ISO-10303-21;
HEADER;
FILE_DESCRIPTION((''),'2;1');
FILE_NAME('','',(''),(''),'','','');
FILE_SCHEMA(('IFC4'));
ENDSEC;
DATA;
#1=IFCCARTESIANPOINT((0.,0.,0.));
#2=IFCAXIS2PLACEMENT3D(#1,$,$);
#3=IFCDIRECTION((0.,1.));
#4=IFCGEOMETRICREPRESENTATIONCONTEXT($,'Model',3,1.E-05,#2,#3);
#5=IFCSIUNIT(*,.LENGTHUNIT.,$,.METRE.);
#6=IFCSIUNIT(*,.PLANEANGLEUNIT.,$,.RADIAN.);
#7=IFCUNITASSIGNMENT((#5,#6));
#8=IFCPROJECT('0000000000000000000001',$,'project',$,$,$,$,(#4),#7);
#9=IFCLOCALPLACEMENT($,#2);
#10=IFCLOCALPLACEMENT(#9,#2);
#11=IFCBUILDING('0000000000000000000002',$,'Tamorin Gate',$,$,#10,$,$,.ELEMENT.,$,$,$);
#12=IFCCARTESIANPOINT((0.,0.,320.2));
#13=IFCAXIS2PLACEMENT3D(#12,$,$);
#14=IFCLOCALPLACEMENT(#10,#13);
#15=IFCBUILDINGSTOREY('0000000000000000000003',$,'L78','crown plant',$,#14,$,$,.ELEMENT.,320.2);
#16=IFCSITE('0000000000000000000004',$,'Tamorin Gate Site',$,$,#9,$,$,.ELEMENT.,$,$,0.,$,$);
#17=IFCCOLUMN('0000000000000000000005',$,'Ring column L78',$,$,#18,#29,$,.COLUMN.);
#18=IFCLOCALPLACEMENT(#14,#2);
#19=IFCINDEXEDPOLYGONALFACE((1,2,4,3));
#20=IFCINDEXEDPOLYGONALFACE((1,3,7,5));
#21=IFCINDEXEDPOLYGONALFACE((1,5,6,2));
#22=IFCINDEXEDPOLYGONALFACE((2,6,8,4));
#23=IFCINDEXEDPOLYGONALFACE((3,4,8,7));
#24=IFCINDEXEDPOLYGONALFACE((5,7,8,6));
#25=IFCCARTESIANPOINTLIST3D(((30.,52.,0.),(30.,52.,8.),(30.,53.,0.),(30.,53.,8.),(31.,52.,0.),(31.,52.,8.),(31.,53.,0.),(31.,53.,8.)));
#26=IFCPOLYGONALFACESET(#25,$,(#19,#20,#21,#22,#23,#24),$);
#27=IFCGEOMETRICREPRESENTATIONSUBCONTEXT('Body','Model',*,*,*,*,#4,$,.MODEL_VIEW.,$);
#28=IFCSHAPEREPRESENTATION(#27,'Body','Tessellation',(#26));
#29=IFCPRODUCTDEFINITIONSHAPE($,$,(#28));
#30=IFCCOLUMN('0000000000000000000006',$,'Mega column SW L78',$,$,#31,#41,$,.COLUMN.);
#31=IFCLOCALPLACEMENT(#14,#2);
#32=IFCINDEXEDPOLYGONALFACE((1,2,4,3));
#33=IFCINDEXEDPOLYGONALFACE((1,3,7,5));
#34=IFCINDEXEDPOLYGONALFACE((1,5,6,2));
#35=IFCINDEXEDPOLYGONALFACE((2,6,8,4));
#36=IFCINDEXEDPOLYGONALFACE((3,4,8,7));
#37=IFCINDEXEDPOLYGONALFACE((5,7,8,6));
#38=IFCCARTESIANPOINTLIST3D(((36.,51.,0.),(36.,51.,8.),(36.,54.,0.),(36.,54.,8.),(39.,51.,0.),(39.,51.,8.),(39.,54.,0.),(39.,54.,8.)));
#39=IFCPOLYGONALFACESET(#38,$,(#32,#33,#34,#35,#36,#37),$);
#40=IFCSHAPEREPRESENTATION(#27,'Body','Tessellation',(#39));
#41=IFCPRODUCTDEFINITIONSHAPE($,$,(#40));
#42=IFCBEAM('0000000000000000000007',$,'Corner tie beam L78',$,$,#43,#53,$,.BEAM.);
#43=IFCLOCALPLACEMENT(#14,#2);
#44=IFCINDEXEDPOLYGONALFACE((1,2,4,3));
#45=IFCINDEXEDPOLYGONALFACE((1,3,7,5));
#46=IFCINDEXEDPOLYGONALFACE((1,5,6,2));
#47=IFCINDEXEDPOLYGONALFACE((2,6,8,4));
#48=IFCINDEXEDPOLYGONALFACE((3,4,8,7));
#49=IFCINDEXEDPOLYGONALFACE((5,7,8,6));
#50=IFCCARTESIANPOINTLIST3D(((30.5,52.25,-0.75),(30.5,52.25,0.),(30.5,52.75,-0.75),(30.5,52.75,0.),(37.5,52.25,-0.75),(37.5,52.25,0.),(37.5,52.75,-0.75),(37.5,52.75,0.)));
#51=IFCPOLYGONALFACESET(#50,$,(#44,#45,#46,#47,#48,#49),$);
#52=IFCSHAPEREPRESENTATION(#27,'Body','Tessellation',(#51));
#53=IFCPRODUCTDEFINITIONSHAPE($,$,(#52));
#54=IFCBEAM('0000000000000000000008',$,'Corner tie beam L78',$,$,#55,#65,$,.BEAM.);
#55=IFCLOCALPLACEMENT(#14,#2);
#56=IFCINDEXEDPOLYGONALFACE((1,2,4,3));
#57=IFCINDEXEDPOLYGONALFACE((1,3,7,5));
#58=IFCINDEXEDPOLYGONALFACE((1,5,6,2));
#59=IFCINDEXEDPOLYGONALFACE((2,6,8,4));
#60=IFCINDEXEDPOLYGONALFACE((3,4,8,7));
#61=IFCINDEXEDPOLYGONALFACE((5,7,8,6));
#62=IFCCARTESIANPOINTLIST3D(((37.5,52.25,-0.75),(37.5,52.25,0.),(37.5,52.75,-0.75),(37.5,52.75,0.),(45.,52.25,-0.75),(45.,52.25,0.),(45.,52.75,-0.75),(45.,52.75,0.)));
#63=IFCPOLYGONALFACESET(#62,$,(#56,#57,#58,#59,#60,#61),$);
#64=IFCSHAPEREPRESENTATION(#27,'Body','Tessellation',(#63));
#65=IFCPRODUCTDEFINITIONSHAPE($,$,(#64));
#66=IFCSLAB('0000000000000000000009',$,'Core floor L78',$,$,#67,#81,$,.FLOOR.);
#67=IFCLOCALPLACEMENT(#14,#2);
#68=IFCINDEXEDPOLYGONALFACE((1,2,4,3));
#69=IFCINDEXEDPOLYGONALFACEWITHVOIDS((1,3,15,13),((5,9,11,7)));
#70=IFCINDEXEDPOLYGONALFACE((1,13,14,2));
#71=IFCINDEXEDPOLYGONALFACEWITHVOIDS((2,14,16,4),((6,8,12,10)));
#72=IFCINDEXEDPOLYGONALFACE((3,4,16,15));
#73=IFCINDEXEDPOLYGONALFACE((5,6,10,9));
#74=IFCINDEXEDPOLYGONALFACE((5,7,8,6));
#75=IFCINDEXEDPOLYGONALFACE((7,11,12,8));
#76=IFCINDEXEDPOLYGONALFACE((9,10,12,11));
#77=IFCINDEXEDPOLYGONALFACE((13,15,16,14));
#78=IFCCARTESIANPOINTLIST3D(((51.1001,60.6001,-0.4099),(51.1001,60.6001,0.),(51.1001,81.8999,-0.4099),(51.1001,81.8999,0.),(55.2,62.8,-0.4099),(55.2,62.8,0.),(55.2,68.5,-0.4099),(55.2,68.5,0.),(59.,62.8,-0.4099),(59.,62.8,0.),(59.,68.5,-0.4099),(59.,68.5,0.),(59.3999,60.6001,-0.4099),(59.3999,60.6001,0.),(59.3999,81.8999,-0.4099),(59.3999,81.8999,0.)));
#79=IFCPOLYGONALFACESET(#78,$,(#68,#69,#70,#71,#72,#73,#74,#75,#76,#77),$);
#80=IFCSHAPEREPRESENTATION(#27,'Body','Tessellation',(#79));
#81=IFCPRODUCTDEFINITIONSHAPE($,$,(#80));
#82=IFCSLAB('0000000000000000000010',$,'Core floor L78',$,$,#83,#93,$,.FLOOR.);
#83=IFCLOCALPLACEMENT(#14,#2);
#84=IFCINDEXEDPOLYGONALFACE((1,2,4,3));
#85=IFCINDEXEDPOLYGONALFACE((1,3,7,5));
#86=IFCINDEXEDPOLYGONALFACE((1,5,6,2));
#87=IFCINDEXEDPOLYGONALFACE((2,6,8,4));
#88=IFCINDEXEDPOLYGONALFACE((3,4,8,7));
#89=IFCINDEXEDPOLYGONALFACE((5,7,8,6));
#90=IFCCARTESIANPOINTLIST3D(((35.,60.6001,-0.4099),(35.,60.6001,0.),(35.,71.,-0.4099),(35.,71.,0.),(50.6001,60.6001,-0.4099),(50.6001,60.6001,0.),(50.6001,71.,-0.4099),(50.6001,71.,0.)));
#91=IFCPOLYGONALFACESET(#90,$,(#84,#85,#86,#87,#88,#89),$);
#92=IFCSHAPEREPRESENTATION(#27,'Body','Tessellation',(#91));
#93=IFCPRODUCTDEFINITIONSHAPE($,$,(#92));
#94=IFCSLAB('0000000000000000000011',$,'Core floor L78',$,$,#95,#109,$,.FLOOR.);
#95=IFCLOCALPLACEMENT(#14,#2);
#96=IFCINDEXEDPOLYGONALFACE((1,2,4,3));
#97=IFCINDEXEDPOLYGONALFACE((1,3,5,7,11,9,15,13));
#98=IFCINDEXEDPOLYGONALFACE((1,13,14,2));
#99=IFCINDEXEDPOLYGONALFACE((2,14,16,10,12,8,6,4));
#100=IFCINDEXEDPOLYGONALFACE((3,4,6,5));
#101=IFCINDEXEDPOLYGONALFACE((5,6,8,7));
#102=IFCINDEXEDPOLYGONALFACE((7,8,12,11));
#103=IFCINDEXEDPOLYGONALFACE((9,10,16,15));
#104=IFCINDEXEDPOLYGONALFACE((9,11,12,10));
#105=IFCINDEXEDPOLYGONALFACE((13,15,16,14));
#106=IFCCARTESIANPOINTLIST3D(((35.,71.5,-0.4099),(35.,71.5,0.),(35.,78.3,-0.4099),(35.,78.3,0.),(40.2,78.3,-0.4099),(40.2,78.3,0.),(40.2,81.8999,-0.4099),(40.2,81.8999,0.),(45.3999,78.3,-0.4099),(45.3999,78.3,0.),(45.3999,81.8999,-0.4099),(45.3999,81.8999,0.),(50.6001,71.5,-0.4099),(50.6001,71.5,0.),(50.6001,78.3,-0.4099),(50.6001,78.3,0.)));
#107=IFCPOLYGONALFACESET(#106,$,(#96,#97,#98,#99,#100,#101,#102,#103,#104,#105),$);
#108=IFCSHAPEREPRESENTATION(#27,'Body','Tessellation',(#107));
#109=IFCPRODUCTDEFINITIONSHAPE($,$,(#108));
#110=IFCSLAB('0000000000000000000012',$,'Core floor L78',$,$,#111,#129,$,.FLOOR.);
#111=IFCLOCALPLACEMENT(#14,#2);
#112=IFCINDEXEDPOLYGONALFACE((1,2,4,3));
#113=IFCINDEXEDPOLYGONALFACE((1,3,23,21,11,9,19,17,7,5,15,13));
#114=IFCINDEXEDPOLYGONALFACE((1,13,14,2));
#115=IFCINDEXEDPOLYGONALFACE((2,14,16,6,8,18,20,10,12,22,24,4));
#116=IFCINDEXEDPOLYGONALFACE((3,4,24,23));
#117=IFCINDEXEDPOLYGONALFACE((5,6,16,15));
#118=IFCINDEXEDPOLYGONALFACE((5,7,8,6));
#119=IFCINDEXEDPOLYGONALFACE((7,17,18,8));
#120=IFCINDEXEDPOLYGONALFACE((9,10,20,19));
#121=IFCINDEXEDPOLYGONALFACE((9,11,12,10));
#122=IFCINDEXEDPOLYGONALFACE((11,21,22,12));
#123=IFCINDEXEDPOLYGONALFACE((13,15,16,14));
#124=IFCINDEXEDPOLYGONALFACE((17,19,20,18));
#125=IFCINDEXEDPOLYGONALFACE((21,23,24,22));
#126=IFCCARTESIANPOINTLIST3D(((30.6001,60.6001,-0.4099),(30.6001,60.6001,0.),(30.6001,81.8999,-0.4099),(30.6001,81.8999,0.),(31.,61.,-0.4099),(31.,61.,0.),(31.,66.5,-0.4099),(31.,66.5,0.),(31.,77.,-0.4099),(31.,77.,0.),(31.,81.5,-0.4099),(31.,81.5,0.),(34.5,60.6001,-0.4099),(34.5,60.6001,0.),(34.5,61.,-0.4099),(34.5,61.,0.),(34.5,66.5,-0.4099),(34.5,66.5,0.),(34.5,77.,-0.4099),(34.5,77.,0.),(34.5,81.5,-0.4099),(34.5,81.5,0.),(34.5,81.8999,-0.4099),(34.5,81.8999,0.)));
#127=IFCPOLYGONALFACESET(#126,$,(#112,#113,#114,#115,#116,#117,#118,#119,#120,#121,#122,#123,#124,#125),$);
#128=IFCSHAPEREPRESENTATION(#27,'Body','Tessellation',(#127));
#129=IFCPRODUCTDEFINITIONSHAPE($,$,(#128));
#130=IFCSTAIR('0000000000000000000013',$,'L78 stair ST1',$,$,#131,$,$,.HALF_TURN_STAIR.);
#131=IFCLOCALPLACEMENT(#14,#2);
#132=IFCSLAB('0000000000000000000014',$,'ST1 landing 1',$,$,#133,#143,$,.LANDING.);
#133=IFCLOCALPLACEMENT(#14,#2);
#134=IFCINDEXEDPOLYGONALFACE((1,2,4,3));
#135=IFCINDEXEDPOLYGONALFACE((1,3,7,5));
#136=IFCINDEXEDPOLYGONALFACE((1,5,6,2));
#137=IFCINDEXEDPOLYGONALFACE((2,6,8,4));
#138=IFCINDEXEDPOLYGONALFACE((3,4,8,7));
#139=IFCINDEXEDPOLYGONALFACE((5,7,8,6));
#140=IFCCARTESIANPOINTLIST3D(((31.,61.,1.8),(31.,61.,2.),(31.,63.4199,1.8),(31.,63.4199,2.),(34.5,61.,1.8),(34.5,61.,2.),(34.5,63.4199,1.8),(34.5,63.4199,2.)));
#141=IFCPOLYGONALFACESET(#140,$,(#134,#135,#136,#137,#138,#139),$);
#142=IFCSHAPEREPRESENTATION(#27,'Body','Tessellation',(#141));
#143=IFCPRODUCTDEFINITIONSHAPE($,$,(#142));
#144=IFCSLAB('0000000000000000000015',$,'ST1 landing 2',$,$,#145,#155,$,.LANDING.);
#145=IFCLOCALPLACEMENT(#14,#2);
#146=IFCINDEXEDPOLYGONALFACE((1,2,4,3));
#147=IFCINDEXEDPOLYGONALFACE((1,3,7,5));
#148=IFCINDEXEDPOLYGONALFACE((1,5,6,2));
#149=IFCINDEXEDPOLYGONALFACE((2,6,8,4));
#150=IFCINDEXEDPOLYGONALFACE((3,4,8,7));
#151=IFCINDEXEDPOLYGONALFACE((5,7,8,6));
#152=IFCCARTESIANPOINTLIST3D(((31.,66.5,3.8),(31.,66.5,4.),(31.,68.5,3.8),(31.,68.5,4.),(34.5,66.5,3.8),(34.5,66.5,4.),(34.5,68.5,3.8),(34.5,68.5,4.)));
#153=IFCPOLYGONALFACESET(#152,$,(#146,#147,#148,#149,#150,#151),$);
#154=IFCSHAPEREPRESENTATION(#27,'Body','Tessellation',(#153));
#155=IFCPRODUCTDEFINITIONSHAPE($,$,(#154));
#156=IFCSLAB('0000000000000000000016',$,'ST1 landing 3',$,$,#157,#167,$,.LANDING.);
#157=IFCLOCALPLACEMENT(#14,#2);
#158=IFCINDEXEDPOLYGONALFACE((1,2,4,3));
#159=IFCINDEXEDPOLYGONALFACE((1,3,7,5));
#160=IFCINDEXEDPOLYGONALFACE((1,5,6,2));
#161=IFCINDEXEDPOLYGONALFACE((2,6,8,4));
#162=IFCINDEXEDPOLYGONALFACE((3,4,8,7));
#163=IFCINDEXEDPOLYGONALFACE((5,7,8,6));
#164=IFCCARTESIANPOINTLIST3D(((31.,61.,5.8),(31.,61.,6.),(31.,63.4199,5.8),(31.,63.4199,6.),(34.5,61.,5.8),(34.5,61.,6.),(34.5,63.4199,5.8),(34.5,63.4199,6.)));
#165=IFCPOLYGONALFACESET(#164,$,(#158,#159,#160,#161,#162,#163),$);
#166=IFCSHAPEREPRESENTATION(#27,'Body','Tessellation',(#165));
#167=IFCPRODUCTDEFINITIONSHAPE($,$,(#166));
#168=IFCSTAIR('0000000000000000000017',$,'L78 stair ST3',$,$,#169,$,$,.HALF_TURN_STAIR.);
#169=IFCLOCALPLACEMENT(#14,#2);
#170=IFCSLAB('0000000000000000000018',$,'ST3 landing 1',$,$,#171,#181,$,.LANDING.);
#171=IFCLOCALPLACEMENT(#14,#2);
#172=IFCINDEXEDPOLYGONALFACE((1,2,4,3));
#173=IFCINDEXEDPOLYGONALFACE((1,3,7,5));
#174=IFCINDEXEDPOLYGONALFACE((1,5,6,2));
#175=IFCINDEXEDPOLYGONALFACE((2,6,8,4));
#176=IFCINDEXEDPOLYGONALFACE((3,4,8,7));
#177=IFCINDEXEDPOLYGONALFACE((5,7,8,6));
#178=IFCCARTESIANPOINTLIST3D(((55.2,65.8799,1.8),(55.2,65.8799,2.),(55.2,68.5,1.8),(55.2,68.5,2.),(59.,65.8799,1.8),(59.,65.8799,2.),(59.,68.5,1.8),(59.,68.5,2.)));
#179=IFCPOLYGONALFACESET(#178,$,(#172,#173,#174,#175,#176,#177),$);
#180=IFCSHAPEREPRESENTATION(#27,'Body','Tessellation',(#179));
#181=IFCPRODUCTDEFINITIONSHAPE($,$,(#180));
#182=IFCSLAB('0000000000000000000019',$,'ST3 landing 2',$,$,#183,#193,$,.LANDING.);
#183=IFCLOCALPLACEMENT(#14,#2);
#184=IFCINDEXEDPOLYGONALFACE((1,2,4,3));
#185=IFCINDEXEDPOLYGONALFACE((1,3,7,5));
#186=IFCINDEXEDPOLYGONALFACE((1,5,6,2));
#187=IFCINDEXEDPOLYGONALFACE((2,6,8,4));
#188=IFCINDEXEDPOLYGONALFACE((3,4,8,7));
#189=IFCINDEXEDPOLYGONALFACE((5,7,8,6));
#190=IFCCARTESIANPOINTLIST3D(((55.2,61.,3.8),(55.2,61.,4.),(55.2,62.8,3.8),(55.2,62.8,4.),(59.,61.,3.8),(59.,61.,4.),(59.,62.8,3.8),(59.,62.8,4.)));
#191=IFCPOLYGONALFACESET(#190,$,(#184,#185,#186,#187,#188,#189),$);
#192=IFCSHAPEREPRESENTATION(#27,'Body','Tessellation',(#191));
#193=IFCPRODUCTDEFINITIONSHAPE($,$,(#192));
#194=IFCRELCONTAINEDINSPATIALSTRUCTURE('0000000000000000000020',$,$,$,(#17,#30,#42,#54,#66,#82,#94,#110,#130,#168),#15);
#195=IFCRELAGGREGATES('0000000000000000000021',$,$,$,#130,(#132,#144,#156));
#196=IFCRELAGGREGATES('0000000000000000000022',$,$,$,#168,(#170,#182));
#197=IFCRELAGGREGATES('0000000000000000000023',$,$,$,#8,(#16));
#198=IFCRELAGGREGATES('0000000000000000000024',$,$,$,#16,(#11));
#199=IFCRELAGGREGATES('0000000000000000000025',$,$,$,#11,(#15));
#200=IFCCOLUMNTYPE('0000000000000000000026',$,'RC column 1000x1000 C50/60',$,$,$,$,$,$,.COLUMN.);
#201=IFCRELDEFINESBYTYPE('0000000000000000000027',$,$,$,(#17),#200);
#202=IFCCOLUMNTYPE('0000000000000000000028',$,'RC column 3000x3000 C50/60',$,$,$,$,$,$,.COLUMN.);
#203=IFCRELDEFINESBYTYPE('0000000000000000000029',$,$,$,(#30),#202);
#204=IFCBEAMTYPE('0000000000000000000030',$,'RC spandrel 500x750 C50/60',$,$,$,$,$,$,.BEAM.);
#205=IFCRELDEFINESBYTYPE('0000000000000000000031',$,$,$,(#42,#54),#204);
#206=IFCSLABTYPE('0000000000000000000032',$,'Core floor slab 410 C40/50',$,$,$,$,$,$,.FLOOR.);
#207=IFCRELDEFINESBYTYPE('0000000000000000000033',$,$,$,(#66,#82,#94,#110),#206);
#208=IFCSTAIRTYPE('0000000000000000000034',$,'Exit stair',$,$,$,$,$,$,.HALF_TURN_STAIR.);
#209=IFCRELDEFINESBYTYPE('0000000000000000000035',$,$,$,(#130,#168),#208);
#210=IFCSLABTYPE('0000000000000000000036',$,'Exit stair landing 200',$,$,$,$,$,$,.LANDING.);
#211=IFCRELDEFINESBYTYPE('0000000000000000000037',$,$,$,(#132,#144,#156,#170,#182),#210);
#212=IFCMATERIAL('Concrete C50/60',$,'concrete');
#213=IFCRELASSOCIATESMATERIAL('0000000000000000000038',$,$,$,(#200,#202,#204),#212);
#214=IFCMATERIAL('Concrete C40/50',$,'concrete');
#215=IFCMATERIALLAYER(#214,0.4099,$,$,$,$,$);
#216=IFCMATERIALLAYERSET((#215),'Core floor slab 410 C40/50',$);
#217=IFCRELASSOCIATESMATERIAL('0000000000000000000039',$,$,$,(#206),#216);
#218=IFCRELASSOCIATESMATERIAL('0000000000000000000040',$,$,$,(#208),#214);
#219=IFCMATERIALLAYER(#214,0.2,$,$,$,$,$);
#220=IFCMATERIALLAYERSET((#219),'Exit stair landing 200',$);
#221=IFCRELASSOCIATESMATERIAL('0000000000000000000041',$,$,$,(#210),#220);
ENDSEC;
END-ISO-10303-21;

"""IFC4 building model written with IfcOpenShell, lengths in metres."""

from ifc_helpers import new_model, si_unit, direction, frame, origin, origin_2d, place, context, subcontext, project, spatial, polyline, rectangle, outline, extrude, material, layer, layer_set, material_profile, profile_set, type_object, element, aggregate, save


model = new_model("IFC4")

# Units and contexts
model_context = context("Model", 3, precision=1e-05, world=origin(), true_north=direction((0.0, 1.0)))
body_context = subcontext(model_context, "Body", "Model", "MODEL_VIEW")
ifc_project = project(units=[si_unit("LENGTHUNIT", "METRE"), si_unit("PLANEANGLEUNIT", "RADIAN")], contexts=[model_context])

# Site, building, storey
site_placement = place(None, origin())
site = spatial("IfcSite", under=ifc_project, at=site_placement, Name="Tamorin Gate Site", CompositionType="ELEMENT", RefElevation=0.0)
building_placement = place(site_placement, origin())
building = spatial("IfcBuilding", under=site, at=building_placement, Name="Tamorin Gate", CompositionType="ELEMENT")
storey_placement = place(building_placement, frame((0.0, 0.0, 320.2)))
storey = spatial("IfcBuildingStorey", under=building, at=storey_placement, Name="L78", Description="crown plant", CompositionType="ELEMENT", Elevation=320.2)

# Columns
ifc_material_1 = material(Name="Concrete C50/60", Category="concrete")
ifc_material_profile_1 = material_profile(ifc_material_1, rectangle(XDim=1.0, YDim=1.0, at=origin_2d()), Name="RC 1000x1000")
ifc_profile_set_1 = profile_set([ifc_material_profile_1], Name="Concrete C50/60")
column_type_1 = type_object("IfcColumnType", Name="RC column 1000x1000 C50/60", PredefinedType="COLUMN", material=ifc_profile_set_1)
column_1_placement = place(storey_placement, frame((30.5, 52.5, 0.0), z_axis=(0.0, 0.0, 1.0), x_axis=(1.0, 0.0, 0.0)))
element("IfcColumn", 1, at=column_1_placement, inside=storey, type_object=column_type_1, Name="Ring column L78", PredefinedType="COLUMN", context=body_context, shape_type="SweptSolid", body=[
    extrude(rectangle(XDim=1.0, YDim=1.0, at=origin_2d()), origin(), (0.0, 0.0, 1.0), 8.0),
])
ifc_material_profile_2 = material_profile(ifc_material_1, rectangle(XDim=3.0, YDim=3.0, at=origin_2d()), Name="RC 3000x3000")
ifc_profile_set_2 = profile_set([ifc_material_profile_2], Name="Concrete C50/60")
column_type_2 = type_object("IfcColumnType", Name="RC column 3000x3000 C50/60", PredefinedType="COLUMN", material=ifc_profile_set_2)
column_2_placement = place(storey_placement, frame((37.5, 52.5, 0.0), z_axis=(0.0, 0.0, 1.0), x_axis=(1.0, 0.0, 0.0)))
element("IfcColumn", 2, at=column_2_placement, inside=storey, type_object=column_type_2, Name="Mega column SW L78", PredefinedType="COLUMN", context=body_context, shape_type="SweptSolid", body=[
    extrude(rectangle(XDim=3.0, YDim=3.0, at=origin_2d()), origin(), (0.0, 0.0, 1.0), 8.0),
])

# Beams
ifc_material_profile_3 = material_profile(ifc_material_1, rectangle(XDim=0.5, YDim=0.75, at=origin_2d()), Name="RC 500x750")
ifc_profile_set_3 = profile_set([ifc_material_profile_3], Name="Concrete C50/60")
beam_type = type_object("IfcBeamType", Name="RC spandrel 500x750 C50/60", PredefinedType="BEAM", material=ifc_profile_set_3)
beam_1_placement = place(storey_placement, frame((37.5, 52.5, -0.375), z_axis=(-1.0, 0.0, 0.0), x_axis=(0.0, -1.0, 0.0)))
element("IfcBeam", 3, at=beam_1_placement, inside=storey, type_object=beam_type, Name="Corner tie beam L78", PredefinedType="BEAM", context=body_context, shape_type="SweptSolid", body=[
    extrude(rectangle(XDim=0.5, YDim=0.75, at=origin_2d()), origin(), (0.0, 0.0, 1.0), 7.0),
])
beam_2_placement = place(storey_placement, frame((37.5, 52.5, -0.375), z_axis=(1.0, 0.0, 0.0), x_axis=(0.0, 1.0, 0.0)))
element("IfcBeam", 4, at=beam_2_placement, inside=storey, type_object=beam_type, Name="Corner tie beam L78", PredefinedType="BEAM", context=body_context, shape_type="SweptSolid", body=[
    extrude(rectangle(XDim=0.5, YDim=0.75, at=origin_2d()), origin(), (0.0, 0.0, 1.0), 7.5),
])

# Slabs
ifc_material_2 = material(Name="Concrete C40/50", Category="concrete")
ifc_layer_1 = layer(ifc_material_2, 0.4099)
ifc_layer_set_1 = layer_set([ifc_layer_1], Name="Core floor slab 410 C40/50")
slab_type_1 = type_object("IfcSlabType", Name="Core floor slab 410 C40/50", PredefinedType="FLOOR", material=ifc_layer_set_1)
slab_1_placement = place(storey_placement, frame((0.0, 0.0, -0.4099)))
element("IfcSlab", 5, at=slab_1_placement, inside=storey, type_object=slab_type_1, Name="Core floor L78", PredefinedType="FLOOR", context=body_context, shape_type="SweptSolid", body=[
    extrude(outline(polyline([(51.1001, 81.8999), (59.3999, 81.8999), (59.3999, 60.6001), (51.1001, 60.6001), (51.1001, 81.8999)]), holes=[polyline([(55.2, 62.8), (59.0, 62.8), (59.0, 68.5), (55.2, 68.5), (55.2, 62.8)])]), origin(), (0.0, 0.0, 1.0), 0.4099),
])
slab_2_placement = place(storey_placement, frame((0.0, 0.0, -0.4099)))
element("IfcSlab", 6, at=slab_2_placement, inside=storey, type_object=slab_type_1, Name="Core floor L78", PredefinedType="FLOOR", context=body_context, shape_type="SweptSolid", body=[
    extrude(outline(polyline([(50.6001, 71.0), (50.6001, 60.6001), (35.0, 60.6001), (35.0, 71.0), (50.6001, 71.0)])), origin(), (0.0, 0.0, 1.0), 0.4099),
])
slab_3_placement = place(storey_placement, frame((0.0, 0.0, -0.4099)))
element("IfcSlab", 7, at=slab_3_placement, inside=storey, type_object=slab_type_1, Name="Core floor L78", PredefinedType="FLOOR", context=body_context, shape_type="SweptSolid", body=[
    extrude(outline(polyline([(40.2, 78.3), (40.2, 81.8999), (45.3999, 81.8999), (45.3999, 78.3), (50.6001, 78.3), (50.6001, 71.5), (35.0, 71.5), (35.0, 78.3), (40.2, 78.3)])), origin(), (0.0, 0.0, 1.0), 0.4099),
])
slab_4_placement = place(storey_placement, frame((0.0, 0.0, -0.4099)))
element("IfcSlab", 8, at=slab_4_placement, inside=storey, type_object=slab_type_1, Name="Core floor L78", PredefinedType="FLOOR", context=body_context, shape_type="SweptSolid", body=[
    extrude(outline(polyline([(34.5, 60.6001), (30.6001, 60.6001), (30.6001, 81.8999), (34.5, 81.8999), (34.5, 81.5), (31.0, 81.5), (31.0, 77.0), (34.5, 77.0), (34.5, 66.5), (31.0, 66.5), (31.0, 61.0), (34.5, 61.0), (34.5, 60.6001)])), origin(), (0.0, 0.0, 1.0), 0.4099),
])

# Stairs, slabs
stair_type = type_object("IfcStairType", Name="Exit stair", PredefinedType="HALF_TURN_STAIR", material=ifc_material_2)
stair_1_placement = place(storey_placement, origin())
stair_1 = element("IfcStair", 9, at=stair_1_placement, inside=storey, type_object=stair_type, Name="L78 stair ST1", PredefinedType="HALF_TURN_STAIR")
ifc_layer_2 = layer(ifc_material_2, 0.2)
ifc_layer_set_2 = layer_set([ifc_layer_2], Name="Exit stair landing 200")
slab_type_2 = type_object("IfcSlabType", Name="Exit stair landing 200", PredefinedType="LANDING", material=ifc_layer_set_2)
slab_5_placement = place(storey_placement, frame((0.0, 0.0, 1.8)))
slab_5 = element("IfcSlab", 10, at=slab_5_placement, type_object=slab_type_2, Name="ST1 landing 1", PredefinedType="LANDING", context=body_context, shape_type="SweptSolid", body=[
    extrude(outline(polyline([(31.0, 63.4199), (31.0, 61.0), (34.5, 61.0), (34.5, 63.4199), (31.0, 63.4199)])), origin(), (0.0, 0.0, 1.0), 0.2),
])
slab_6_placement = place(storey_placement, frame((0.0, 0.0, 3.8)))
slab_6 = element("IfcSlab", 11, at=slab_6_placement, type_object=slab_type_2, Name="ST1 landing 2", PredefinedType="LANDING", context=body_context, shape_type="SweptSolid", body=[
    extrude(outline(polyline([(31.0, 68.5), (31.0, 66.5), (34.5, 66.5), (34.5, 68.5), (31.0, 68.5)])), origin(), (0.0, 0.0, 1.0), 0.2),
])
slab_7_placement = place(storey_placement, frame((0.0, 0.0, 5.8)))
slab_7 = element("IfcSlab", 12, at=slab_7_placement, type_object=slab_type_2, Name="ST1 landing 3", PredefinedType="LANDING", context=body_context, shape_type="SweptSolid", body=[
    extrude(outline(polyline([(31.0, 63.4199), (31.0, 61.0), (34.5, 61.0), (34.5, 63.4199), (31.0, 63.4199)])), origin(), (0.0, 0.0, 1.0), 0.2),
])
aggregate(stair_1, [slab_5, slab_6, slab_7])
stair_2_placement = place(storey_placement, origin())
stair_2 = element("IfcStair", 13, at=stair_2_placement, inside=storey, type_object=stair_type, Name="L78 stair ST3", PredefinedType="HALF_TURN_STAIR")
slab_8_placement = place(storey_placement, frame((0.0, 0.0, 1.8)))
slab_8 = element("IfcSlab", 14, at=slab_8_placement, type_object=slab_type_2, Name="ST3 landing 1", PredefinedType="LANDING", context=body_context, shape_type="SweptSolid", body=[
    extrude(outline(polyline([(59.0, 65.8799), (59.0, 68.5), (55.2, 68.5), (55.2, 65.8799), (59.0, 65.8799)])), origin(), (0.0, 0.0, 1.0), 0.2),
])
slab_9_placement = place(storey_placement, frame((0.0, 0.0, 3.8)))
slab_9 = element("IfcSlab", 15, at=slab_9_placement, type_object=slab_type_2, Name="ST3 landing 2", PredefinedType="LANDING", context=body_context, shape_type="SweptSolid", body=[
    extrude(outline(polyline([(59.0, 61.0), (59.0, 62.8), (55.2, 62.8), (55.2, 61.0), (59.0, 61.0)])), origin(), (0.0, 0.0, 1.0), 0.2),
])
aggregate(stair_2, [slab_8, slab_9])

save(model, "model.ifc")
